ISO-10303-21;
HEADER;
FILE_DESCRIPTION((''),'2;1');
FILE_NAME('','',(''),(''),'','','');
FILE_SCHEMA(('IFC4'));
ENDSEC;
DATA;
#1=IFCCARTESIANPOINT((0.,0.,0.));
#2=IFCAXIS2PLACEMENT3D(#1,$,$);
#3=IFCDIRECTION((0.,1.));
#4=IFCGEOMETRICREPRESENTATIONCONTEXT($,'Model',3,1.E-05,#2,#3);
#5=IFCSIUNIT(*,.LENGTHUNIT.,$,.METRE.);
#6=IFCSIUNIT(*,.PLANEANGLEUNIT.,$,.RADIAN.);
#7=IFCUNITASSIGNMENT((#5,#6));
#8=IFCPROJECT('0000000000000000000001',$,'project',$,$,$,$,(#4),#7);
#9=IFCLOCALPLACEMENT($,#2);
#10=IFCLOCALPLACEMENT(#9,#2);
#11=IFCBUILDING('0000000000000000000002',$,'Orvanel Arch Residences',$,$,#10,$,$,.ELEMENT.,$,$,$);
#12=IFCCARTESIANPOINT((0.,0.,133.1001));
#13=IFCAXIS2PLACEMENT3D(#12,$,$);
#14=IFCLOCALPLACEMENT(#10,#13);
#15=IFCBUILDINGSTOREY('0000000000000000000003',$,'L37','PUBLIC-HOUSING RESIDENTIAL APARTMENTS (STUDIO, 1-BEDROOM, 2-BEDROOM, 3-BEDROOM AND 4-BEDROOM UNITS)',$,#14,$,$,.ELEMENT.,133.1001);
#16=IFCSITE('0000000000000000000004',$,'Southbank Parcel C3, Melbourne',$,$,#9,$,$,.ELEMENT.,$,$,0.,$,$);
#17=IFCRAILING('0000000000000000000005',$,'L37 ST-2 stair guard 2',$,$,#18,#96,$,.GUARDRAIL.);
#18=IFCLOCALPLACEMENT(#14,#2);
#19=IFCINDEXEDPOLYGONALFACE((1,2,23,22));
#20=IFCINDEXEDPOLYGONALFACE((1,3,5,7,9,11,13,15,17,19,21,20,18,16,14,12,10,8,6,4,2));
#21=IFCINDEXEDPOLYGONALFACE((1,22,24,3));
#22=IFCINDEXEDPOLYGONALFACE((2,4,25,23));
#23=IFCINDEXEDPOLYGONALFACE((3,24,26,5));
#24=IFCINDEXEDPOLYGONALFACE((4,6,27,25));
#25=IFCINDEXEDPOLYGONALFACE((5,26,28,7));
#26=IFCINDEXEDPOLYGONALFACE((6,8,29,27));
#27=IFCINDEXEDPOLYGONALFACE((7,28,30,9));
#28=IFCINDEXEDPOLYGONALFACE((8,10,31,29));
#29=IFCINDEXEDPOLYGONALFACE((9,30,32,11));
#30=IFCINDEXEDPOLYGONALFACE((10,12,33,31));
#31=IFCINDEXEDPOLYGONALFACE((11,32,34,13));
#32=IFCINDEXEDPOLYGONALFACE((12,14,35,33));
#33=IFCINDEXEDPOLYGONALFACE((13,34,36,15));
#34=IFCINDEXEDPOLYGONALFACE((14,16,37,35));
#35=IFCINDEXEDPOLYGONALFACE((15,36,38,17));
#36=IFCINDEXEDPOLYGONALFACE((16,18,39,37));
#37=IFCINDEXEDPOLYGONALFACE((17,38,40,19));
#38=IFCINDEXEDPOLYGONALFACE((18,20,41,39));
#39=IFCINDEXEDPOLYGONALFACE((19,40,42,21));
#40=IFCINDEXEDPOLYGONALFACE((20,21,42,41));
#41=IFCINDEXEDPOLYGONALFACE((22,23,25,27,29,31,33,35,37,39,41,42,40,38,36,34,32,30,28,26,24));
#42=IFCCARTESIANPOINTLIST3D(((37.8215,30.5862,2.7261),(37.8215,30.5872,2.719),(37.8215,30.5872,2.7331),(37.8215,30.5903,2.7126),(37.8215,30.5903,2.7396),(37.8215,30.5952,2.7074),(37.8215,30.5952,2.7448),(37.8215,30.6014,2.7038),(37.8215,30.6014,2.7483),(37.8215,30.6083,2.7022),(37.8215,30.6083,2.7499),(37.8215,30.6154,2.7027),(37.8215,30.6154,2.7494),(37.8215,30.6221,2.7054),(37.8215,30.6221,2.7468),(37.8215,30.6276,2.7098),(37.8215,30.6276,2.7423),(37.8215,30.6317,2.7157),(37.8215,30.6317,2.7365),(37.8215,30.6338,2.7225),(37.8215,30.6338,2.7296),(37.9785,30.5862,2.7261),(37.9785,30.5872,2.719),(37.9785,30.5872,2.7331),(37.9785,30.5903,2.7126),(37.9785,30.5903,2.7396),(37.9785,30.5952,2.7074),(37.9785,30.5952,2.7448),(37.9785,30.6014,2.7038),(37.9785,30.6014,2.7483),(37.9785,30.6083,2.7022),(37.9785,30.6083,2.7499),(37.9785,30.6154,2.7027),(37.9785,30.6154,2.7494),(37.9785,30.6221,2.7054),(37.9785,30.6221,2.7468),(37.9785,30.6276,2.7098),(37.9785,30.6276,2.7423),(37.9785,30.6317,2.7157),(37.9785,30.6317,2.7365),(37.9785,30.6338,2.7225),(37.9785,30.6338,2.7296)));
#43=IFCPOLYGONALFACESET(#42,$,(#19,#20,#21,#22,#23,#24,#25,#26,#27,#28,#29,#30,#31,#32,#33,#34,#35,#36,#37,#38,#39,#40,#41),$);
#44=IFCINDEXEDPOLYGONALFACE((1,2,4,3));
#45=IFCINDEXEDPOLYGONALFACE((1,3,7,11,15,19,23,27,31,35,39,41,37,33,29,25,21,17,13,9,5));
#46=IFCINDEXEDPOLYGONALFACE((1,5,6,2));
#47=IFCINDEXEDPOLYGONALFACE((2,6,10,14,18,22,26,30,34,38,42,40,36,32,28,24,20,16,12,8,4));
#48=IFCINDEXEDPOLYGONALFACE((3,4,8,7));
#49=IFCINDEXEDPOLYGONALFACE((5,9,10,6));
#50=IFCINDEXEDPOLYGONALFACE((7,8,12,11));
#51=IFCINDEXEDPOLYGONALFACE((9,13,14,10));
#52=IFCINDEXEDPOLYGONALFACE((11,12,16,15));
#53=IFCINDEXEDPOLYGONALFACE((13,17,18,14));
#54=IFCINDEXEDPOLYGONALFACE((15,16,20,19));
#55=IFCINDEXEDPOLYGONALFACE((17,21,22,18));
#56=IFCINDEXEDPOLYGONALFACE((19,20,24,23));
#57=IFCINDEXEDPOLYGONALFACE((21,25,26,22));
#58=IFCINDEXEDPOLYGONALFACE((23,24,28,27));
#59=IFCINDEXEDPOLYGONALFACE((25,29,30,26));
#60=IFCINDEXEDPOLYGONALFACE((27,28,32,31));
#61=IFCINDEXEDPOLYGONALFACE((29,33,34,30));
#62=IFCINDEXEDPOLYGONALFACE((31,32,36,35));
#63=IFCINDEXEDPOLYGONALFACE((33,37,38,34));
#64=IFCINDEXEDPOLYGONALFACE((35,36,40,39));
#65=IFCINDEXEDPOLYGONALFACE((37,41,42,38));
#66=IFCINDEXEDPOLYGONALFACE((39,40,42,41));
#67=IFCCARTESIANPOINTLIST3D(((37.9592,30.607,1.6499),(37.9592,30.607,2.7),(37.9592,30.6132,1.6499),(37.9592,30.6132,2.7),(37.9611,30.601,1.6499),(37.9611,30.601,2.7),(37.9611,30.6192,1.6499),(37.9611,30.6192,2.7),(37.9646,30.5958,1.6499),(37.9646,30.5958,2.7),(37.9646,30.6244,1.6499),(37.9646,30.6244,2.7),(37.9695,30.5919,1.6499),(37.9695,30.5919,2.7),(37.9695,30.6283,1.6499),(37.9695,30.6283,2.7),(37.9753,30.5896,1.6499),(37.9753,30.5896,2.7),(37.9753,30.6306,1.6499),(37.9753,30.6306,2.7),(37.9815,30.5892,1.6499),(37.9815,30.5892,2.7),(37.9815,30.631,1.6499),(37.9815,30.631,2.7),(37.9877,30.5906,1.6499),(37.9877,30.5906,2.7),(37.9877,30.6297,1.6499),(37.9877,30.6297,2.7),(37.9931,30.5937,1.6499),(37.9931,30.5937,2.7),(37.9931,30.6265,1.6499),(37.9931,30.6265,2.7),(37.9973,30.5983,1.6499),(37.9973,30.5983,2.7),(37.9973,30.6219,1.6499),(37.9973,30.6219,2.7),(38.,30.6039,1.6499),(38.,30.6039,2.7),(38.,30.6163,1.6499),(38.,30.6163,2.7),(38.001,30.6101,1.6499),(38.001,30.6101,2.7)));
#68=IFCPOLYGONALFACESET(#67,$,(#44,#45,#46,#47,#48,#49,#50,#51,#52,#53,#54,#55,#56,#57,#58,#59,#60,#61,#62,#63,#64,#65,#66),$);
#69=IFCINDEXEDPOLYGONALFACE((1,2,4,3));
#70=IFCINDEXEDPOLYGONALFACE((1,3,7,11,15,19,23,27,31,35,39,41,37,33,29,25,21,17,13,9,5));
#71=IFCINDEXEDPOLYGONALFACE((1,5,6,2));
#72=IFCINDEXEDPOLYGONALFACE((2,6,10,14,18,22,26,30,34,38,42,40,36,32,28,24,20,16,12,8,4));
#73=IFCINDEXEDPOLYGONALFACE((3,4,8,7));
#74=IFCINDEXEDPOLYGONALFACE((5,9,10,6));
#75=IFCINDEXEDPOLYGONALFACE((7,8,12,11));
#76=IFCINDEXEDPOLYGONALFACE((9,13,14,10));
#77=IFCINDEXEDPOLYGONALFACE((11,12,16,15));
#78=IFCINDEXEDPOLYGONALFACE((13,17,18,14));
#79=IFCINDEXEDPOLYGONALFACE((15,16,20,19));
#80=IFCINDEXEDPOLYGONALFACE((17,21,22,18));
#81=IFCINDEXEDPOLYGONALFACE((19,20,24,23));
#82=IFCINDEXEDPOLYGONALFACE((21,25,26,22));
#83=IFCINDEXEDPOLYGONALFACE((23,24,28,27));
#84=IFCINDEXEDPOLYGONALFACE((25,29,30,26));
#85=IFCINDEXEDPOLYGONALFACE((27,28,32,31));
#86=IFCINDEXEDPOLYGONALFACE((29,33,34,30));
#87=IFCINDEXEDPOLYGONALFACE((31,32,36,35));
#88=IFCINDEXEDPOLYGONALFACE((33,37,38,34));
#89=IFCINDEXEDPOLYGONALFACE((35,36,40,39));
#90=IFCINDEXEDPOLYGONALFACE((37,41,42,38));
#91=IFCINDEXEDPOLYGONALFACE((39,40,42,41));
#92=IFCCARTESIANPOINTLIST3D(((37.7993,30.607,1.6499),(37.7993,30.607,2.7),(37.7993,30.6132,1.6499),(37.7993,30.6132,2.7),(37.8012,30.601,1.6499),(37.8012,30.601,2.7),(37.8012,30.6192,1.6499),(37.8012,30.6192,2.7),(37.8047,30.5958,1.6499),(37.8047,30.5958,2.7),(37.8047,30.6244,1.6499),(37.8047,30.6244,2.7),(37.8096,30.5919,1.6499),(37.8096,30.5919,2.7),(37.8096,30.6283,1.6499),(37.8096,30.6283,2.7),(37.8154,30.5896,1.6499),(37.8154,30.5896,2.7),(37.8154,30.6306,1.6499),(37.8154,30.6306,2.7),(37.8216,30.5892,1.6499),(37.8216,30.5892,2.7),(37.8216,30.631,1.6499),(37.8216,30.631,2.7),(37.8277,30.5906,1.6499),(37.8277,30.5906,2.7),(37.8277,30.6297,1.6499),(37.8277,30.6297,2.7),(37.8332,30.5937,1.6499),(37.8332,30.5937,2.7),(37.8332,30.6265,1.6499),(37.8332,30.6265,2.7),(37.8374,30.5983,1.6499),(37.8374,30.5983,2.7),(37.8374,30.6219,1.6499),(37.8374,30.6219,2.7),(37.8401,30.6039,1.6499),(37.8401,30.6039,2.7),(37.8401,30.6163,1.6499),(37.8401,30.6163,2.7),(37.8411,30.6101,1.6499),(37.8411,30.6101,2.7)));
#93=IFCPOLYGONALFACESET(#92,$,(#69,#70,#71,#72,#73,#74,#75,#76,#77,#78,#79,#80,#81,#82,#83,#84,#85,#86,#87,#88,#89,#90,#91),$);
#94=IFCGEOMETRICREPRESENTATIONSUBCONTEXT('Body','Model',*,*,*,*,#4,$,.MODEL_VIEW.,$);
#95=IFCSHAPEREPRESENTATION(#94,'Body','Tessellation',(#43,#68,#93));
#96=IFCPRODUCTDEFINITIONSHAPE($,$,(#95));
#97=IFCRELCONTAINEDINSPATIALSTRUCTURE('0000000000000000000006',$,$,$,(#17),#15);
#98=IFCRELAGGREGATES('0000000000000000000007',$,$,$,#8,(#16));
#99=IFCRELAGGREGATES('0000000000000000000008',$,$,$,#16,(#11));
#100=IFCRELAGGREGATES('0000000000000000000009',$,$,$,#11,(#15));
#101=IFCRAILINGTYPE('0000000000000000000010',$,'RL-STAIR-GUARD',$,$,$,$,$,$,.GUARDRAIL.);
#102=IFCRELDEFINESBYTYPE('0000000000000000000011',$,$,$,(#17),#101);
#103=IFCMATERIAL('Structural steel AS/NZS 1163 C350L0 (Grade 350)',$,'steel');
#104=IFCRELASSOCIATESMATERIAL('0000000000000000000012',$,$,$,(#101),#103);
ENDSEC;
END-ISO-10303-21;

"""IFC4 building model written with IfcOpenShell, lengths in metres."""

from ifc_helpers import new_model, si_unit, direction, frame, origin, origin_2d, place, context, subcontext, project, spatial, circle, extrude, material, type_object, element, save


model = new_model("IFC4")

# Units and contexts
model_context = context("Model", 3, precision=1e-05, world=origin(), true_north=direction((0.0, 1.0)))
body_context = subcontext(model_context, "Body", "Model", "MODEL_VIEW")
ifc_project = project(units=[si_unit("LENGTHUNIT", "METRE"), si_unit("PLANEANGLEUNIT", "RADIAN")], contexts=[model_context])

# Site, building, storey
site_placement = place(None, origin())
site = spatial("IfcSite", under=ifc_project, at=site_placement, Name="Southbank Parcel C3, Melbourne", CompositionType="ELEMENT", RefElevation=0.0)
building_placement = place(site_placement, origin())
building = spatial("IfcBuilding", under=site, at=building_placement, Name="Orvanel Arch Residences", CompositionType="ELEMENT")
storey_placement = place(building_placement, frame((0.0, 0.0, 133.1001)))
storey = spatial("IfcBuildingStorey", under=building, at=storey_placement, Name="L37", Description="PUBLIC-HOUSING RESIDENTIAL APARTMENTS (STUDIO, 1-BEDROOM, 2-BEDROOM, 3-BEDROOM AND 4-BEDROOM UNITS)", CompositionType="ELEMENT", Elevation=133.1001)

# Railing
ifc_material_1 = material(Name="Structural steel AS/NZS 1163 C350L0 (Grade 350)", Category="steel")
railing_type_1 = type_object("IfcRailingType", Name="RL-STAIR-GUARD", PredefinedType="GUARDRAIL", material=ifc_material_1)
railing_1_placement = place(storey_placement, frame((37.98, 30.6101, 1.6499)))
element("IfcRailing", 1, at=railing_1_placement, inside=storey, type_object=railing_type_1, Name="L37 ST-2 stair guard 2", PredefinedType="GUARDRAIL", context=body_context, shape_type="SweptSolid", body=[
    extrude(circle(Radius=0.0239, at=origin_2d()), frame((-0.0015, 0.0, 1.0762), z_axis=(-1.0, 0.0, 0.0), x_axis=(0.0, -1.0, 0.0)), (0.0, 0.0, 1.0), 0.157),
    extrude(circle(Radius=0.021, at=origin_2d()), origin(), (0.0, 0.0, 1.0), 1.05),
    extrude(circle(Radius=0.021, at=origin_2d()), frame((-0.1599, 0.0, 0.0)), (0.0, 0.0, 1.0), 1.05),
])

save(model, "model.ifc")
